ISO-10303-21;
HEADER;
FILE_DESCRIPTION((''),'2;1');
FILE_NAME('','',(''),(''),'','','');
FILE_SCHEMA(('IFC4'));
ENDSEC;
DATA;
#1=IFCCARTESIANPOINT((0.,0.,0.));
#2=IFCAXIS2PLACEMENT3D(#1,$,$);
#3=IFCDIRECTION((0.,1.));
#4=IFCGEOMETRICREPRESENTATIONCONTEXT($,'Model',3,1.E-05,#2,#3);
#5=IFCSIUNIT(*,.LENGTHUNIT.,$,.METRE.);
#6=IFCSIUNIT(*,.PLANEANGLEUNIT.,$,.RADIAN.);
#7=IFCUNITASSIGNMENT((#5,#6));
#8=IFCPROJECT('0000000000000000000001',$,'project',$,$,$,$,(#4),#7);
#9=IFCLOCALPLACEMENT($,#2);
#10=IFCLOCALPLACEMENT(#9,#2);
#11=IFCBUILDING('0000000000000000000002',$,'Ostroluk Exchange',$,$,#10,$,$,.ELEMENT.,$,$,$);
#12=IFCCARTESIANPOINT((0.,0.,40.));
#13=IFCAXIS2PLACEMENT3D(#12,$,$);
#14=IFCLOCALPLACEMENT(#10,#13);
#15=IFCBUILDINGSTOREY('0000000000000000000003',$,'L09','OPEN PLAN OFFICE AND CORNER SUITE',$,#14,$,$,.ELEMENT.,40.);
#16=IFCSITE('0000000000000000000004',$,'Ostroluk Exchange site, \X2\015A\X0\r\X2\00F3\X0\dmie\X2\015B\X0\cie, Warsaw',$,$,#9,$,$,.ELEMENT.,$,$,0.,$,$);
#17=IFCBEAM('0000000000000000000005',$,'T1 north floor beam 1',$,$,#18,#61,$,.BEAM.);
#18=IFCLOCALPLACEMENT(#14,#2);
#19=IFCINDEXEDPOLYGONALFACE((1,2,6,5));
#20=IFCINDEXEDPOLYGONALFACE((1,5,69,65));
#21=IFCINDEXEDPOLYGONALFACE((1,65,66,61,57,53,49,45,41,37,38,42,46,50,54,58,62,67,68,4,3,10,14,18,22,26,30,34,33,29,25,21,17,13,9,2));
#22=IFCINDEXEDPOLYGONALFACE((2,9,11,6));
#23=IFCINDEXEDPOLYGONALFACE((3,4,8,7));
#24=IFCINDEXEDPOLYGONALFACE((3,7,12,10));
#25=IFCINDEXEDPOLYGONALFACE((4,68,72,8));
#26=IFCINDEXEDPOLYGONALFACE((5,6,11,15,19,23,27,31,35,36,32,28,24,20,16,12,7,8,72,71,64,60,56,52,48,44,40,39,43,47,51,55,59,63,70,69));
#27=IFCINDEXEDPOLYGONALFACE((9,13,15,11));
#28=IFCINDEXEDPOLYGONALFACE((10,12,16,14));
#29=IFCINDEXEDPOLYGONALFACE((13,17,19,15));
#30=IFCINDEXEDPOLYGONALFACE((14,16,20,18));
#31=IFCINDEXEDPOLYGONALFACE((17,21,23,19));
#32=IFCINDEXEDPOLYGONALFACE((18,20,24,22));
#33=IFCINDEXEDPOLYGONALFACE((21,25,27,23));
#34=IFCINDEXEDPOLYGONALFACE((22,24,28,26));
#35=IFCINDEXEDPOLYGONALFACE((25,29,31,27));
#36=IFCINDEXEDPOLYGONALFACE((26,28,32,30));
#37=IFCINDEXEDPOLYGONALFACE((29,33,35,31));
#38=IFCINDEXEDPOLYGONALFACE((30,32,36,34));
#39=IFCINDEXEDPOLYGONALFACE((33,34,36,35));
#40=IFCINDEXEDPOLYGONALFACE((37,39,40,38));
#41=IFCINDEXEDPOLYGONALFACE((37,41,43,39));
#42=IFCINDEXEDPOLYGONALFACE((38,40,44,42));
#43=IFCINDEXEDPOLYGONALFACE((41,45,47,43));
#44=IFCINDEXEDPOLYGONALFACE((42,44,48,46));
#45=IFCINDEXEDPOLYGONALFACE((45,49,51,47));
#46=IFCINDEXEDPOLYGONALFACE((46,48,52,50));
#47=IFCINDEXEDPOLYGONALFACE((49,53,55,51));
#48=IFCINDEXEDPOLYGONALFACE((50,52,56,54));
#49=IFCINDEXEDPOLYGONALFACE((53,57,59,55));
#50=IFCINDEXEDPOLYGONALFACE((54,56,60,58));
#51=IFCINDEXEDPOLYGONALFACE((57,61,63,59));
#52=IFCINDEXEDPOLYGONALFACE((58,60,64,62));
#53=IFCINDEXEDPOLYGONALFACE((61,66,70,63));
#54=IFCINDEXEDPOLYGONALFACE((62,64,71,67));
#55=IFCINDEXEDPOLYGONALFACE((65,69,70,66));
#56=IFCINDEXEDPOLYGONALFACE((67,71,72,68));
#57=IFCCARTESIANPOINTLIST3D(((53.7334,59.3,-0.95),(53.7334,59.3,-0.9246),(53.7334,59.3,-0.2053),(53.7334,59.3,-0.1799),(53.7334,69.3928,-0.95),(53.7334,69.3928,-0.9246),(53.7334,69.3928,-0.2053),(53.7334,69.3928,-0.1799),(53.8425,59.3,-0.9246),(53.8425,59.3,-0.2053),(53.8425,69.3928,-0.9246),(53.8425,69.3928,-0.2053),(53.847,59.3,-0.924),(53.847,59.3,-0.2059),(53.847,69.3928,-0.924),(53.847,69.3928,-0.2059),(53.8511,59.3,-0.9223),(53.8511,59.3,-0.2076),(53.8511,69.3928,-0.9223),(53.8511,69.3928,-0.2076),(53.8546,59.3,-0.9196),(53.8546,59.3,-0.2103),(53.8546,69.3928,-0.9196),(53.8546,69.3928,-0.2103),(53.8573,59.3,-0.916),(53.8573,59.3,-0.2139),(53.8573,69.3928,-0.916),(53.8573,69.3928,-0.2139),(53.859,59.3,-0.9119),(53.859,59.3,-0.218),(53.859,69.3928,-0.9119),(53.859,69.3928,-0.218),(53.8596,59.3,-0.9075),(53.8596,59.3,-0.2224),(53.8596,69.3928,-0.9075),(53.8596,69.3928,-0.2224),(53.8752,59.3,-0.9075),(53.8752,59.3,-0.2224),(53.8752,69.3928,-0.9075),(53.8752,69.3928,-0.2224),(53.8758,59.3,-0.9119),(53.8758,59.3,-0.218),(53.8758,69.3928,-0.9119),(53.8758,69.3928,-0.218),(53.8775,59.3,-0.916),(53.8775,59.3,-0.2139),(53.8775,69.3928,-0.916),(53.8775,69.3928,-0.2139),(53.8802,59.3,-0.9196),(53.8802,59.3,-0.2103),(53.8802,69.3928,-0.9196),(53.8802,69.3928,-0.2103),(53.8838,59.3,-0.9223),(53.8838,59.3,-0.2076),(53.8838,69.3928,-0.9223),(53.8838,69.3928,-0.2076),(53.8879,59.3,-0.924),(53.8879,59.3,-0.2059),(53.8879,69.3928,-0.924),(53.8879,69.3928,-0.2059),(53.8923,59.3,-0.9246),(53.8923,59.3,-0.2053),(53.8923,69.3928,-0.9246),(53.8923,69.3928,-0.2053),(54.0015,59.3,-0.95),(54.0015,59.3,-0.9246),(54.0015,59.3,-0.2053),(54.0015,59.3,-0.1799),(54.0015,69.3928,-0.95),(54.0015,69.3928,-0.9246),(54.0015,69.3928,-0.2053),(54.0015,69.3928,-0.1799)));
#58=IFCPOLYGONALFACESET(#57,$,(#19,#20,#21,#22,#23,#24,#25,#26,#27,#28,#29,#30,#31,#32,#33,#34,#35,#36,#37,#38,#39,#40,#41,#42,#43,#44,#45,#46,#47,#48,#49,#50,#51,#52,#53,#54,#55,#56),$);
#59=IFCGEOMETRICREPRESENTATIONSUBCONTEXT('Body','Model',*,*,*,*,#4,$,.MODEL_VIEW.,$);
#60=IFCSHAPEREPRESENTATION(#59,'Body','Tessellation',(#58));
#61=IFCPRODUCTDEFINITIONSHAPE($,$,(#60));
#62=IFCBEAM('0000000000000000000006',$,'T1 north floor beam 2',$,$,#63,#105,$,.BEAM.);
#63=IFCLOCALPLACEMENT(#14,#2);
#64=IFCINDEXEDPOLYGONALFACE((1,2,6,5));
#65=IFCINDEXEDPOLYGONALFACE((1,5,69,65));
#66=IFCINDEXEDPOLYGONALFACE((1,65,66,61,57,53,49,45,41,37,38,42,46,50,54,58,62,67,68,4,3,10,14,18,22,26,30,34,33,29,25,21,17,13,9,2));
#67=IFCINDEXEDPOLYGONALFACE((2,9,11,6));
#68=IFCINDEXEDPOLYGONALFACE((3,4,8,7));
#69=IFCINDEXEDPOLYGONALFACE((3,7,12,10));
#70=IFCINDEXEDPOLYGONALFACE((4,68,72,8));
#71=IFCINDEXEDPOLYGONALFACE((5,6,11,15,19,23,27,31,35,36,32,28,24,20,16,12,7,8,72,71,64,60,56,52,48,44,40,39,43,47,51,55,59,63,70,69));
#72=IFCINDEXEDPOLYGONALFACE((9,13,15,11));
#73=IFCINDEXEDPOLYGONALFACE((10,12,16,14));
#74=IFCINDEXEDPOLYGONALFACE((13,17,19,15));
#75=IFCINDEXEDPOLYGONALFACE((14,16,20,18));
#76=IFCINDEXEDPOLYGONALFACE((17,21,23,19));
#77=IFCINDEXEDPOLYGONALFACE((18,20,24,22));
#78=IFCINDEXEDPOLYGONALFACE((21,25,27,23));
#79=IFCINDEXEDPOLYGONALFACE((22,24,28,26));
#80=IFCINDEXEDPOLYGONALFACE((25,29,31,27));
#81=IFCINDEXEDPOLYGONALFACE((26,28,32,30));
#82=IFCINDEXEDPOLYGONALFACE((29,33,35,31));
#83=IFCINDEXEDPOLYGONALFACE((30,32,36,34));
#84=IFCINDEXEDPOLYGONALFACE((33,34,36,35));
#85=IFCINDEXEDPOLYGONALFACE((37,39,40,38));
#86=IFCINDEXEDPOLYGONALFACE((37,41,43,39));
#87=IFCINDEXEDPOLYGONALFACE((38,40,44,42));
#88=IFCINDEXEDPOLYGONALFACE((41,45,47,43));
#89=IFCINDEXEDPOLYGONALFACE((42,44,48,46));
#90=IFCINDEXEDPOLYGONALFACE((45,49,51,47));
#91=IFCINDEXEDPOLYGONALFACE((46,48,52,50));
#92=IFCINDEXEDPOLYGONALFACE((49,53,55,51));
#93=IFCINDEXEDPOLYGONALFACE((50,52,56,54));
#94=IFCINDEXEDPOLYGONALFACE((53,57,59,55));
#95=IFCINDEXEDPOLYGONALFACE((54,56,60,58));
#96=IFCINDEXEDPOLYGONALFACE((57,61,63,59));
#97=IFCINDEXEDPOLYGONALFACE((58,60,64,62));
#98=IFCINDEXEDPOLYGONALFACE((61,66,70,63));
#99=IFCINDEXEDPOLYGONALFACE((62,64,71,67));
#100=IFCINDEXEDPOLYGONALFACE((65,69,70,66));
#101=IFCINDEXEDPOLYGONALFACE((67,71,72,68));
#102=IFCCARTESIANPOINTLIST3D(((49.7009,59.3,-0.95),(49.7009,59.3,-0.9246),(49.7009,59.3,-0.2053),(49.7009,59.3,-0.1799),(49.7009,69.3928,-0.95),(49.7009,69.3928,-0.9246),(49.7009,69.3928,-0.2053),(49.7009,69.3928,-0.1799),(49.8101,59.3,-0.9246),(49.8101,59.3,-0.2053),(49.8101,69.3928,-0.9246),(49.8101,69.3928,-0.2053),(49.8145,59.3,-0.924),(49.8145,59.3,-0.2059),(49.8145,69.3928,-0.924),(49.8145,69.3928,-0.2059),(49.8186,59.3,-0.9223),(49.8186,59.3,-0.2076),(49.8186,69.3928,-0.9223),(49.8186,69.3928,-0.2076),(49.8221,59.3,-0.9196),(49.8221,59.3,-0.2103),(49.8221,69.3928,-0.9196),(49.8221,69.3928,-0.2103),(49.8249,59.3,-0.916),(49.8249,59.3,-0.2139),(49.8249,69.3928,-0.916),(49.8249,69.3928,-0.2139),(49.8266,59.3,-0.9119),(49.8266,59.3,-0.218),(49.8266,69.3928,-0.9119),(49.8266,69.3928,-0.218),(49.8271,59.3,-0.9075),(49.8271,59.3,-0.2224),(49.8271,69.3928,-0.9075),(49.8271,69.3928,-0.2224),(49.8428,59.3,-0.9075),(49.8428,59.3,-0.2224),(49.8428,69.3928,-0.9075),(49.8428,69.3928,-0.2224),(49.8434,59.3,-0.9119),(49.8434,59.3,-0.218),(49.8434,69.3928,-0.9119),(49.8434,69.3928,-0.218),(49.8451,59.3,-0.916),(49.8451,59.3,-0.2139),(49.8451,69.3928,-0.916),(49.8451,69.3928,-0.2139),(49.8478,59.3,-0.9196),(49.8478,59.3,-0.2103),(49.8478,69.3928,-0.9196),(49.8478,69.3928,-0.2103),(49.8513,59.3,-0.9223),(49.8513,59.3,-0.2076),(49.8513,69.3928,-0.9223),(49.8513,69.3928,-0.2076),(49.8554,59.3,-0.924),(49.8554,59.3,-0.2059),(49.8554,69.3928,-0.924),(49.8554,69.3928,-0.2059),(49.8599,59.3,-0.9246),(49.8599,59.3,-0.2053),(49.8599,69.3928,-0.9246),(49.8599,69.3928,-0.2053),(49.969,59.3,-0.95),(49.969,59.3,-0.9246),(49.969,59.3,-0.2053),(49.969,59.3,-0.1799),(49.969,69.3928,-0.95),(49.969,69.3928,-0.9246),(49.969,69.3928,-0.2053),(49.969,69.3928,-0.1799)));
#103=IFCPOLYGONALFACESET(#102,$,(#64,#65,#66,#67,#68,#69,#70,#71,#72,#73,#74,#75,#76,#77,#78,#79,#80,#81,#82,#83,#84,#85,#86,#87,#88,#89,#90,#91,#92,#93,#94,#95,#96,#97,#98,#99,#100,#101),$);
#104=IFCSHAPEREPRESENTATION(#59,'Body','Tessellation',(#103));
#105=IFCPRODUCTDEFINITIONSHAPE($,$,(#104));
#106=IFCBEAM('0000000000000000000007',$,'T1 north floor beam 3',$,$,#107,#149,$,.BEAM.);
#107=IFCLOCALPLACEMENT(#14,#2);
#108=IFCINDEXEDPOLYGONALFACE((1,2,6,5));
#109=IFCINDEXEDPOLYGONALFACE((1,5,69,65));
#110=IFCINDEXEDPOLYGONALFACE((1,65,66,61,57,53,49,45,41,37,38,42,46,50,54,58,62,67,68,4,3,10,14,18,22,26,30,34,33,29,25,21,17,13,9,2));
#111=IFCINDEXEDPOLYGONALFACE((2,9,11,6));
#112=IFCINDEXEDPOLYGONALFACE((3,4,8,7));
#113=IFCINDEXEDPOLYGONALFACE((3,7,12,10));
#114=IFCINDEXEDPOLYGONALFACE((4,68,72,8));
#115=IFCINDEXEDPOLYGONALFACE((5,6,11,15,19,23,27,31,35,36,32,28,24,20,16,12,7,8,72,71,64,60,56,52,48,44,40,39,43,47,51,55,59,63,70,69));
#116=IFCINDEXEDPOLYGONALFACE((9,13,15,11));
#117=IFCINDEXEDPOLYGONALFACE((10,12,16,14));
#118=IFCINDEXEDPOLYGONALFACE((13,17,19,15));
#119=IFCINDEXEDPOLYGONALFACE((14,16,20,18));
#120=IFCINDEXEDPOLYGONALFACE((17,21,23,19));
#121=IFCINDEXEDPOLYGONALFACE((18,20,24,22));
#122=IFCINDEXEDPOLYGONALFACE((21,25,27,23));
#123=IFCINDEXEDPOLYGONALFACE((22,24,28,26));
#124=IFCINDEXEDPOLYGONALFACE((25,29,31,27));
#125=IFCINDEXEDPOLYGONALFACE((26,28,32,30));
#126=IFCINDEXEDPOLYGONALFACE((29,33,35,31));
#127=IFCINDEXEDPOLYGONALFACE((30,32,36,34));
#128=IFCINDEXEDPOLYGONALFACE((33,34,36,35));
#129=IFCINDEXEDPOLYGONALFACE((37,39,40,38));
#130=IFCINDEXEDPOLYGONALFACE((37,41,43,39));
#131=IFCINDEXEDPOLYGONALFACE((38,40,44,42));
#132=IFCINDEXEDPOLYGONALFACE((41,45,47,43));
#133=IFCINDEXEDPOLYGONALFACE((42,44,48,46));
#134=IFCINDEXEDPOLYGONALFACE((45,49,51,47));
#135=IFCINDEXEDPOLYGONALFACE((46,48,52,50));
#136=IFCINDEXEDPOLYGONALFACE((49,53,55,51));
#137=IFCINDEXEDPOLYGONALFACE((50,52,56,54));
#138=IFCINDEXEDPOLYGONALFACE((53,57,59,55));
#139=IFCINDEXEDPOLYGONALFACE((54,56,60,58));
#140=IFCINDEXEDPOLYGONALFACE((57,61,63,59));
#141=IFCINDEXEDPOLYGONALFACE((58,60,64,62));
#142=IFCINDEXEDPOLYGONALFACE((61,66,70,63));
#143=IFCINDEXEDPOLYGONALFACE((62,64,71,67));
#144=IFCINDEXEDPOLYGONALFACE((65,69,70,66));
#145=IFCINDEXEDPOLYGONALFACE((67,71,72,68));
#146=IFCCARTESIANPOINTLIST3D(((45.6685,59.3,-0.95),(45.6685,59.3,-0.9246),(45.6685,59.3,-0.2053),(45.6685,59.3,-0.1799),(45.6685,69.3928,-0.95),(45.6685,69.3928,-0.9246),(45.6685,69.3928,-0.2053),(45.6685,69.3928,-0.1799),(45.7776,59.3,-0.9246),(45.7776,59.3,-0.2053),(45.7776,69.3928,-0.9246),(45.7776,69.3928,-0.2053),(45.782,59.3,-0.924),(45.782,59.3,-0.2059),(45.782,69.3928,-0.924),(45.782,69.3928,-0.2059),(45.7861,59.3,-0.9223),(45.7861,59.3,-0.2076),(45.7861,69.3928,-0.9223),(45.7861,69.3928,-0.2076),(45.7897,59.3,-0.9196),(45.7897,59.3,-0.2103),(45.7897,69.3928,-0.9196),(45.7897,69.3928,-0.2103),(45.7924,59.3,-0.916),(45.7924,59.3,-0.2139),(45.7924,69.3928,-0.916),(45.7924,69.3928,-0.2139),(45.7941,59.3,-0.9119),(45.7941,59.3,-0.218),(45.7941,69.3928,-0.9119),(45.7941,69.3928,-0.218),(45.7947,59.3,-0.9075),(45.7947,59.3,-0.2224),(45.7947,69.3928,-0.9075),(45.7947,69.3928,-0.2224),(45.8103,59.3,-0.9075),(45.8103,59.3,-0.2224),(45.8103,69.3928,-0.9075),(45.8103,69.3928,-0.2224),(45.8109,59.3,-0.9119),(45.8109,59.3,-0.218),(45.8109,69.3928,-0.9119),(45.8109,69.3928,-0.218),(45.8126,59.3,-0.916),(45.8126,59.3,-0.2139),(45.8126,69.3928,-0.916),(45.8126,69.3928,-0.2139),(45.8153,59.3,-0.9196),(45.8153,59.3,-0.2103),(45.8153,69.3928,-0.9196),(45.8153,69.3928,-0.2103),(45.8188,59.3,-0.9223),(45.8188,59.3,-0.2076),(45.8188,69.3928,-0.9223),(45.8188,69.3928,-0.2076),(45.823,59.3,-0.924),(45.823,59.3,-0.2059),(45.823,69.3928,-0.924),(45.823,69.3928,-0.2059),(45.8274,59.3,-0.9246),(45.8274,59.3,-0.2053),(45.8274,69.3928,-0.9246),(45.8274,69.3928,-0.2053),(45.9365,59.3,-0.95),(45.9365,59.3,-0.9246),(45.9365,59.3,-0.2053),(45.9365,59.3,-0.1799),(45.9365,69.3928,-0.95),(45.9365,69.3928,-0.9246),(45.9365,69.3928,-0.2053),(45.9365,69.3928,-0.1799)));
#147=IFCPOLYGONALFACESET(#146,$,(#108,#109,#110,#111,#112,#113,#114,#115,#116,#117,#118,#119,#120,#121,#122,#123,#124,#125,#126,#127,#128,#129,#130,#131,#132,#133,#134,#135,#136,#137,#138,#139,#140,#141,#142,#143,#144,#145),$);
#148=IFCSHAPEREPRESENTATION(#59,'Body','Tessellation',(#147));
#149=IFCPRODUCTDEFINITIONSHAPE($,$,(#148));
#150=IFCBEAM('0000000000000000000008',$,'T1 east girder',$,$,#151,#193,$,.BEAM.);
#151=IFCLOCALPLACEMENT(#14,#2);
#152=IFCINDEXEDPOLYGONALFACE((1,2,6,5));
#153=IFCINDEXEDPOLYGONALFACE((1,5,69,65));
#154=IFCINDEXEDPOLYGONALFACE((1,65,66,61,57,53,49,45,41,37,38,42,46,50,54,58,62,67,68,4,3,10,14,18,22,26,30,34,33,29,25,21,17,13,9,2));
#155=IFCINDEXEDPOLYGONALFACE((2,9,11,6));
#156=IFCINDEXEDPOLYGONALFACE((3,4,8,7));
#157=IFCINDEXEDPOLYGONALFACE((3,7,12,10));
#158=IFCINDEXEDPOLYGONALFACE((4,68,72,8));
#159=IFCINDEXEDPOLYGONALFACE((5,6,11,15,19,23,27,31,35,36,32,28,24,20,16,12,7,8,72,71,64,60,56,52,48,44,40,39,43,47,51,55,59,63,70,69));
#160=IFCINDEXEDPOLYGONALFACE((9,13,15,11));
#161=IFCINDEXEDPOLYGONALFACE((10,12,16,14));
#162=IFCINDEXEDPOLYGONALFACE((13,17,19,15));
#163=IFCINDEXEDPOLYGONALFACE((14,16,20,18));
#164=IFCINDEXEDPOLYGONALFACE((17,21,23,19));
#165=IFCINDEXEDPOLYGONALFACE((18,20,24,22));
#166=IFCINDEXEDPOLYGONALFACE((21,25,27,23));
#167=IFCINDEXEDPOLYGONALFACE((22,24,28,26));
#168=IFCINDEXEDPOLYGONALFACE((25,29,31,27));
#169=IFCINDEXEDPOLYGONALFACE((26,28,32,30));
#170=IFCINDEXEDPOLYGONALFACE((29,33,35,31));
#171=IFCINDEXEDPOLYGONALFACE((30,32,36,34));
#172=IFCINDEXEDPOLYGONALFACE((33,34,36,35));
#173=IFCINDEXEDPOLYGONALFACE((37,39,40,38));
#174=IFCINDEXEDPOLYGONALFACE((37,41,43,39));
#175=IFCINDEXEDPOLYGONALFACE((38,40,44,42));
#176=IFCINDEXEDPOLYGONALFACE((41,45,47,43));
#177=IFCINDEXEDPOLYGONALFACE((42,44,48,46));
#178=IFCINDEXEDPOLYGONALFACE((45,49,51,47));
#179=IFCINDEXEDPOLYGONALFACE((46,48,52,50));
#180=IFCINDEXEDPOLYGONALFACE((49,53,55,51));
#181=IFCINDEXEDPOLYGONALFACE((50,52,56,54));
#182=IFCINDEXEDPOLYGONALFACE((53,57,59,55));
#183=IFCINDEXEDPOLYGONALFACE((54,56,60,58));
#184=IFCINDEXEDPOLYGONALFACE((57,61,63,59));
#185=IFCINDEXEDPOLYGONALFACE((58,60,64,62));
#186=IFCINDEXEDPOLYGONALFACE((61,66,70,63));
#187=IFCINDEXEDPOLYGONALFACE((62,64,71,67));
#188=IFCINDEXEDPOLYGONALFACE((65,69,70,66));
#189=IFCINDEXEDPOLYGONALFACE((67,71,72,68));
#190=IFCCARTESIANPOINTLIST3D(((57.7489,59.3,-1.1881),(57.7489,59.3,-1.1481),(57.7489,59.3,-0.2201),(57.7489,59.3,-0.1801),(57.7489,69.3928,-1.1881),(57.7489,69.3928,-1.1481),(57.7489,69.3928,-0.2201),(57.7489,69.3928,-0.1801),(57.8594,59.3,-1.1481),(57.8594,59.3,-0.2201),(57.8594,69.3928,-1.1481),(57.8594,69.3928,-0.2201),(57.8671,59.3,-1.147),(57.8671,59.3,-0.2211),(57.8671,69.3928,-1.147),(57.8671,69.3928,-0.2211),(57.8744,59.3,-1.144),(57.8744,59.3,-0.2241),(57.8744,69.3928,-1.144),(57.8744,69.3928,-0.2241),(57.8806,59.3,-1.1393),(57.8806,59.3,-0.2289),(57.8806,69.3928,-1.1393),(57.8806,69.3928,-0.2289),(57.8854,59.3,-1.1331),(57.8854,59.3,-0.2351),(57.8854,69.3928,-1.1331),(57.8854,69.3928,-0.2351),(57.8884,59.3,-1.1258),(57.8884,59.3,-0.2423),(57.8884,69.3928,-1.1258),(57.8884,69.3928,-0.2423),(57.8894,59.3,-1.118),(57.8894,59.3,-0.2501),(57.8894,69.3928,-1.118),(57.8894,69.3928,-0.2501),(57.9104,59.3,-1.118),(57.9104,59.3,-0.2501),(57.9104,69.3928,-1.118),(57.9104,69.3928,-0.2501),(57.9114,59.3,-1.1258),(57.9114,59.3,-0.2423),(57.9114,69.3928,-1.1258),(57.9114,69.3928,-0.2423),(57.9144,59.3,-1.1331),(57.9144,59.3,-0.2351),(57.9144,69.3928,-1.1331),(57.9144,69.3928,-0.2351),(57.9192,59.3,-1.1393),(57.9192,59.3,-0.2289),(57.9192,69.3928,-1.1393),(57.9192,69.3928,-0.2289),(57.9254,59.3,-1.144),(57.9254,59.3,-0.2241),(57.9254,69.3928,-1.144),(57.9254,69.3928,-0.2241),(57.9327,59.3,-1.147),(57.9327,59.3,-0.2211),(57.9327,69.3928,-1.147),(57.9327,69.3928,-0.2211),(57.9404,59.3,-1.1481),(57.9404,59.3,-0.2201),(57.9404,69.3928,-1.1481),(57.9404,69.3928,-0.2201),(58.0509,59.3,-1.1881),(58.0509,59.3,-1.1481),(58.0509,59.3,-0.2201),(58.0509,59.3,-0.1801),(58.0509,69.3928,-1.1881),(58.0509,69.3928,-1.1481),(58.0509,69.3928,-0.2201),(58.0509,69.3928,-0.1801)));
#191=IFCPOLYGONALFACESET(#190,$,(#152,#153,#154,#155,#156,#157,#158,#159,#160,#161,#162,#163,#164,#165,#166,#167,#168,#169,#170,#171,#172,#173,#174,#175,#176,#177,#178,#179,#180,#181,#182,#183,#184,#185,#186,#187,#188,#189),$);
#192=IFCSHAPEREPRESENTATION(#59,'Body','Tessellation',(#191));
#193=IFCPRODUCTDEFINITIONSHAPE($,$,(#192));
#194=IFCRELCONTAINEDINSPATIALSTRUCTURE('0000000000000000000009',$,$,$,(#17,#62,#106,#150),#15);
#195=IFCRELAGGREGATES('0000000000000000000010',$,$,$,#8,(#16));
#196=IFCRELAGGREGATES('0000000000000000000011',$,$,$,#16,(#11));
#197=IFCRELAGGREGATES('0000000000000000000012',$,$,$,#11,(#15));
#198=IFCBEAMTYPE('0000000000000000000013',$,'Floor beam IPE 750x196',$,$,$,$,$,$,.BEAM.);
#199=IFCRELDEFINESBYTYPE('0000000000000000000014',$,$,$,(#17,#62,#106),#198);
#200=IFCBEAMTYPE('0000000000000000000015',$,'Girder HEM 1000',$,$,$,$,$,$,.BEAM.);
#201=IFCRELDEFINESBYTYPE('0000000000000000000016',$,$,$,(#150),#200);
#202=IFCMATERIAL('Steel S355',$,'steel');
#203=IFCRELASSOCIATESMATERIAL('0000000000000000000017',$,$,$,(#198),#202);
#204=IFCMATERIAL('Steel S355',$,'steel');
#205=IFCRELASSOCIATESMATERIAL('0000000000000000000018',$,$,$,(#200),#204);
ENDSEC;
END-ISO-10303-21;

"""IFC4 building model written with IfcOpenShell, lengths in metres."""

from ifc_helpers import new_model, si_unit, direction, frame, origin, origin_2d, place, context, subcontext, project, spatial, i_section, extrude, material, material_profile, profile_set, type_object, element, save


model = new_model("IFC4")

# Units and contexts
model_context = context("Model", 3, precision=1e-05, world=origin(), true_north=direction((0.0, 1.0)))
body_context = subcontext(model_context, "Body", "Model", "MODEL_VIEW")
ifc_project = project(units=[si_unit("LENGTHUNIT", "METRE"), si_unit("PLANEANGLEUNIT", "RADIAN")], contexts=[model_context])

# Site, building, storey
site_placement = place(None, origin())
site = spatial("IfcSite", under=ifc_project, at=site_placement, Name="Ostroluk Exchange site, Śródmieście, Warsaw", CompositionType="ELEMENT", RefElevation=0.0)
building_placement = place(site_placement, origin())
building = spatial("IfcBuilding", under=site, at=building_placement, Name="Ostroluk Exchange", CompositionType="ELEMENT")
storey_placement = place(building_placement, frame((0.0, 0.0, 40.0)))
storey = spatial("IfcBuildingStorey", under=building, at=storey_placement, Name="L09", Description="OPEN PLAN OFFICE AND CORNER SUITE", CompositionType="ELEMENT", Elevation=40.0)

# Beams
ifc_material_1 = material(Name="Steel S355", Category="steel")
ifc_material_profile_1 = material_profile(ifc_material_1, i_section(OverallWidth=0.2681, OverallDepth=0.77, WebThickness=0.0156, FlangeThickness=0.0254, FilletRadius=0.0171, at=origin_2d()), Name="IPE 750x196")
ifc_profile_set_1 = profile_set([ifc_material_profile_1], Name="Steel S355")
beam_type_1 = type_object("IfcBeamType", Name="Floor beam IPE 750x196", PredefinedType="BEAM", material=ifc_profile_set_1)
for number, where, z_axis, x_axis, name in (
    (1, (53.8674, 59.3, -0.5649), (0.0, 1.0, 0.0), (-1.0, 0.0, 0.0), "T1 north floor beam 1"),
    (2, (49.835, 59.3, -0.5649), (0.0, 1.0, 0.0), (-1.0, 0.0, 0.0), "T1 north floor beam 2"),
    (3, (45.8025, 59.3, -0.5649), (0.0, 1.0, 0.0), (-1.0, 0.0, 0.0), "T1 north floor beam 3"),
):
    element("IfcBeam", number, at=place(storey_placement, frame(where, z_axis=z_axis, x_axis=x_axis)), inside=storey, type_object=beam_type_1, Name=name, PredefinedType="BEAM", context=body_context, shape_type="SweptSolid", body=[
        extrude(i_section(OverallWidth=0.2681, OverallDepth=0.77, WebThickness=0.0156, FlangeThickness=0.0254, FilletRadius=0.0171, at=origin_2d()), origin(), (0.0, 0.0, 1.0), 10.0928),
    ])
ifc_material_2 = material(Name="Steel S355", Category="steel")
ifc_material_profile_2 = material_profile(ifc_material_2, i_section(OverallWidth=0.302, OverallDepth=1.0081, WebThickness=0.021, FlangeThickness=0.04, FilletRadius=0.03, at=origin_2d()), Name="HEM 1000")
ifc_profile_set_2 = profile_set([ifc_material_profile_2], Name="Steel S355")
beam_type_2 = type_object("IfcBeamType", Name="Girder HEM 1000", PredefinedType="BEAM", material=ifc_profile_set_2)
beam_1_placement = place(storey_placement, frame((57.8999, 59.3, -0.6841), z_axis=(0.0, 1.0, 0.0), x_axis=(-1.0, 0.0, 0.0)))
element("IfcBeam", 4, at=beam_1_placement, inside=storey, type_object=beam_type_2, Name="T1 east girder", PredefinedType="BEAM", context=body_context, shape_type="SweptSolid", body=[
    extrude(i_section(OverallWidth=0.302, OverallDepth=1.0081, WebThickness=0.021, FlangeThickness=0.04, FilletRadius=0.03, at=origin_2d()), origin(), (0.0, 0.0, 1.0), 10.0928),
])

save(model, "model.ifc")
